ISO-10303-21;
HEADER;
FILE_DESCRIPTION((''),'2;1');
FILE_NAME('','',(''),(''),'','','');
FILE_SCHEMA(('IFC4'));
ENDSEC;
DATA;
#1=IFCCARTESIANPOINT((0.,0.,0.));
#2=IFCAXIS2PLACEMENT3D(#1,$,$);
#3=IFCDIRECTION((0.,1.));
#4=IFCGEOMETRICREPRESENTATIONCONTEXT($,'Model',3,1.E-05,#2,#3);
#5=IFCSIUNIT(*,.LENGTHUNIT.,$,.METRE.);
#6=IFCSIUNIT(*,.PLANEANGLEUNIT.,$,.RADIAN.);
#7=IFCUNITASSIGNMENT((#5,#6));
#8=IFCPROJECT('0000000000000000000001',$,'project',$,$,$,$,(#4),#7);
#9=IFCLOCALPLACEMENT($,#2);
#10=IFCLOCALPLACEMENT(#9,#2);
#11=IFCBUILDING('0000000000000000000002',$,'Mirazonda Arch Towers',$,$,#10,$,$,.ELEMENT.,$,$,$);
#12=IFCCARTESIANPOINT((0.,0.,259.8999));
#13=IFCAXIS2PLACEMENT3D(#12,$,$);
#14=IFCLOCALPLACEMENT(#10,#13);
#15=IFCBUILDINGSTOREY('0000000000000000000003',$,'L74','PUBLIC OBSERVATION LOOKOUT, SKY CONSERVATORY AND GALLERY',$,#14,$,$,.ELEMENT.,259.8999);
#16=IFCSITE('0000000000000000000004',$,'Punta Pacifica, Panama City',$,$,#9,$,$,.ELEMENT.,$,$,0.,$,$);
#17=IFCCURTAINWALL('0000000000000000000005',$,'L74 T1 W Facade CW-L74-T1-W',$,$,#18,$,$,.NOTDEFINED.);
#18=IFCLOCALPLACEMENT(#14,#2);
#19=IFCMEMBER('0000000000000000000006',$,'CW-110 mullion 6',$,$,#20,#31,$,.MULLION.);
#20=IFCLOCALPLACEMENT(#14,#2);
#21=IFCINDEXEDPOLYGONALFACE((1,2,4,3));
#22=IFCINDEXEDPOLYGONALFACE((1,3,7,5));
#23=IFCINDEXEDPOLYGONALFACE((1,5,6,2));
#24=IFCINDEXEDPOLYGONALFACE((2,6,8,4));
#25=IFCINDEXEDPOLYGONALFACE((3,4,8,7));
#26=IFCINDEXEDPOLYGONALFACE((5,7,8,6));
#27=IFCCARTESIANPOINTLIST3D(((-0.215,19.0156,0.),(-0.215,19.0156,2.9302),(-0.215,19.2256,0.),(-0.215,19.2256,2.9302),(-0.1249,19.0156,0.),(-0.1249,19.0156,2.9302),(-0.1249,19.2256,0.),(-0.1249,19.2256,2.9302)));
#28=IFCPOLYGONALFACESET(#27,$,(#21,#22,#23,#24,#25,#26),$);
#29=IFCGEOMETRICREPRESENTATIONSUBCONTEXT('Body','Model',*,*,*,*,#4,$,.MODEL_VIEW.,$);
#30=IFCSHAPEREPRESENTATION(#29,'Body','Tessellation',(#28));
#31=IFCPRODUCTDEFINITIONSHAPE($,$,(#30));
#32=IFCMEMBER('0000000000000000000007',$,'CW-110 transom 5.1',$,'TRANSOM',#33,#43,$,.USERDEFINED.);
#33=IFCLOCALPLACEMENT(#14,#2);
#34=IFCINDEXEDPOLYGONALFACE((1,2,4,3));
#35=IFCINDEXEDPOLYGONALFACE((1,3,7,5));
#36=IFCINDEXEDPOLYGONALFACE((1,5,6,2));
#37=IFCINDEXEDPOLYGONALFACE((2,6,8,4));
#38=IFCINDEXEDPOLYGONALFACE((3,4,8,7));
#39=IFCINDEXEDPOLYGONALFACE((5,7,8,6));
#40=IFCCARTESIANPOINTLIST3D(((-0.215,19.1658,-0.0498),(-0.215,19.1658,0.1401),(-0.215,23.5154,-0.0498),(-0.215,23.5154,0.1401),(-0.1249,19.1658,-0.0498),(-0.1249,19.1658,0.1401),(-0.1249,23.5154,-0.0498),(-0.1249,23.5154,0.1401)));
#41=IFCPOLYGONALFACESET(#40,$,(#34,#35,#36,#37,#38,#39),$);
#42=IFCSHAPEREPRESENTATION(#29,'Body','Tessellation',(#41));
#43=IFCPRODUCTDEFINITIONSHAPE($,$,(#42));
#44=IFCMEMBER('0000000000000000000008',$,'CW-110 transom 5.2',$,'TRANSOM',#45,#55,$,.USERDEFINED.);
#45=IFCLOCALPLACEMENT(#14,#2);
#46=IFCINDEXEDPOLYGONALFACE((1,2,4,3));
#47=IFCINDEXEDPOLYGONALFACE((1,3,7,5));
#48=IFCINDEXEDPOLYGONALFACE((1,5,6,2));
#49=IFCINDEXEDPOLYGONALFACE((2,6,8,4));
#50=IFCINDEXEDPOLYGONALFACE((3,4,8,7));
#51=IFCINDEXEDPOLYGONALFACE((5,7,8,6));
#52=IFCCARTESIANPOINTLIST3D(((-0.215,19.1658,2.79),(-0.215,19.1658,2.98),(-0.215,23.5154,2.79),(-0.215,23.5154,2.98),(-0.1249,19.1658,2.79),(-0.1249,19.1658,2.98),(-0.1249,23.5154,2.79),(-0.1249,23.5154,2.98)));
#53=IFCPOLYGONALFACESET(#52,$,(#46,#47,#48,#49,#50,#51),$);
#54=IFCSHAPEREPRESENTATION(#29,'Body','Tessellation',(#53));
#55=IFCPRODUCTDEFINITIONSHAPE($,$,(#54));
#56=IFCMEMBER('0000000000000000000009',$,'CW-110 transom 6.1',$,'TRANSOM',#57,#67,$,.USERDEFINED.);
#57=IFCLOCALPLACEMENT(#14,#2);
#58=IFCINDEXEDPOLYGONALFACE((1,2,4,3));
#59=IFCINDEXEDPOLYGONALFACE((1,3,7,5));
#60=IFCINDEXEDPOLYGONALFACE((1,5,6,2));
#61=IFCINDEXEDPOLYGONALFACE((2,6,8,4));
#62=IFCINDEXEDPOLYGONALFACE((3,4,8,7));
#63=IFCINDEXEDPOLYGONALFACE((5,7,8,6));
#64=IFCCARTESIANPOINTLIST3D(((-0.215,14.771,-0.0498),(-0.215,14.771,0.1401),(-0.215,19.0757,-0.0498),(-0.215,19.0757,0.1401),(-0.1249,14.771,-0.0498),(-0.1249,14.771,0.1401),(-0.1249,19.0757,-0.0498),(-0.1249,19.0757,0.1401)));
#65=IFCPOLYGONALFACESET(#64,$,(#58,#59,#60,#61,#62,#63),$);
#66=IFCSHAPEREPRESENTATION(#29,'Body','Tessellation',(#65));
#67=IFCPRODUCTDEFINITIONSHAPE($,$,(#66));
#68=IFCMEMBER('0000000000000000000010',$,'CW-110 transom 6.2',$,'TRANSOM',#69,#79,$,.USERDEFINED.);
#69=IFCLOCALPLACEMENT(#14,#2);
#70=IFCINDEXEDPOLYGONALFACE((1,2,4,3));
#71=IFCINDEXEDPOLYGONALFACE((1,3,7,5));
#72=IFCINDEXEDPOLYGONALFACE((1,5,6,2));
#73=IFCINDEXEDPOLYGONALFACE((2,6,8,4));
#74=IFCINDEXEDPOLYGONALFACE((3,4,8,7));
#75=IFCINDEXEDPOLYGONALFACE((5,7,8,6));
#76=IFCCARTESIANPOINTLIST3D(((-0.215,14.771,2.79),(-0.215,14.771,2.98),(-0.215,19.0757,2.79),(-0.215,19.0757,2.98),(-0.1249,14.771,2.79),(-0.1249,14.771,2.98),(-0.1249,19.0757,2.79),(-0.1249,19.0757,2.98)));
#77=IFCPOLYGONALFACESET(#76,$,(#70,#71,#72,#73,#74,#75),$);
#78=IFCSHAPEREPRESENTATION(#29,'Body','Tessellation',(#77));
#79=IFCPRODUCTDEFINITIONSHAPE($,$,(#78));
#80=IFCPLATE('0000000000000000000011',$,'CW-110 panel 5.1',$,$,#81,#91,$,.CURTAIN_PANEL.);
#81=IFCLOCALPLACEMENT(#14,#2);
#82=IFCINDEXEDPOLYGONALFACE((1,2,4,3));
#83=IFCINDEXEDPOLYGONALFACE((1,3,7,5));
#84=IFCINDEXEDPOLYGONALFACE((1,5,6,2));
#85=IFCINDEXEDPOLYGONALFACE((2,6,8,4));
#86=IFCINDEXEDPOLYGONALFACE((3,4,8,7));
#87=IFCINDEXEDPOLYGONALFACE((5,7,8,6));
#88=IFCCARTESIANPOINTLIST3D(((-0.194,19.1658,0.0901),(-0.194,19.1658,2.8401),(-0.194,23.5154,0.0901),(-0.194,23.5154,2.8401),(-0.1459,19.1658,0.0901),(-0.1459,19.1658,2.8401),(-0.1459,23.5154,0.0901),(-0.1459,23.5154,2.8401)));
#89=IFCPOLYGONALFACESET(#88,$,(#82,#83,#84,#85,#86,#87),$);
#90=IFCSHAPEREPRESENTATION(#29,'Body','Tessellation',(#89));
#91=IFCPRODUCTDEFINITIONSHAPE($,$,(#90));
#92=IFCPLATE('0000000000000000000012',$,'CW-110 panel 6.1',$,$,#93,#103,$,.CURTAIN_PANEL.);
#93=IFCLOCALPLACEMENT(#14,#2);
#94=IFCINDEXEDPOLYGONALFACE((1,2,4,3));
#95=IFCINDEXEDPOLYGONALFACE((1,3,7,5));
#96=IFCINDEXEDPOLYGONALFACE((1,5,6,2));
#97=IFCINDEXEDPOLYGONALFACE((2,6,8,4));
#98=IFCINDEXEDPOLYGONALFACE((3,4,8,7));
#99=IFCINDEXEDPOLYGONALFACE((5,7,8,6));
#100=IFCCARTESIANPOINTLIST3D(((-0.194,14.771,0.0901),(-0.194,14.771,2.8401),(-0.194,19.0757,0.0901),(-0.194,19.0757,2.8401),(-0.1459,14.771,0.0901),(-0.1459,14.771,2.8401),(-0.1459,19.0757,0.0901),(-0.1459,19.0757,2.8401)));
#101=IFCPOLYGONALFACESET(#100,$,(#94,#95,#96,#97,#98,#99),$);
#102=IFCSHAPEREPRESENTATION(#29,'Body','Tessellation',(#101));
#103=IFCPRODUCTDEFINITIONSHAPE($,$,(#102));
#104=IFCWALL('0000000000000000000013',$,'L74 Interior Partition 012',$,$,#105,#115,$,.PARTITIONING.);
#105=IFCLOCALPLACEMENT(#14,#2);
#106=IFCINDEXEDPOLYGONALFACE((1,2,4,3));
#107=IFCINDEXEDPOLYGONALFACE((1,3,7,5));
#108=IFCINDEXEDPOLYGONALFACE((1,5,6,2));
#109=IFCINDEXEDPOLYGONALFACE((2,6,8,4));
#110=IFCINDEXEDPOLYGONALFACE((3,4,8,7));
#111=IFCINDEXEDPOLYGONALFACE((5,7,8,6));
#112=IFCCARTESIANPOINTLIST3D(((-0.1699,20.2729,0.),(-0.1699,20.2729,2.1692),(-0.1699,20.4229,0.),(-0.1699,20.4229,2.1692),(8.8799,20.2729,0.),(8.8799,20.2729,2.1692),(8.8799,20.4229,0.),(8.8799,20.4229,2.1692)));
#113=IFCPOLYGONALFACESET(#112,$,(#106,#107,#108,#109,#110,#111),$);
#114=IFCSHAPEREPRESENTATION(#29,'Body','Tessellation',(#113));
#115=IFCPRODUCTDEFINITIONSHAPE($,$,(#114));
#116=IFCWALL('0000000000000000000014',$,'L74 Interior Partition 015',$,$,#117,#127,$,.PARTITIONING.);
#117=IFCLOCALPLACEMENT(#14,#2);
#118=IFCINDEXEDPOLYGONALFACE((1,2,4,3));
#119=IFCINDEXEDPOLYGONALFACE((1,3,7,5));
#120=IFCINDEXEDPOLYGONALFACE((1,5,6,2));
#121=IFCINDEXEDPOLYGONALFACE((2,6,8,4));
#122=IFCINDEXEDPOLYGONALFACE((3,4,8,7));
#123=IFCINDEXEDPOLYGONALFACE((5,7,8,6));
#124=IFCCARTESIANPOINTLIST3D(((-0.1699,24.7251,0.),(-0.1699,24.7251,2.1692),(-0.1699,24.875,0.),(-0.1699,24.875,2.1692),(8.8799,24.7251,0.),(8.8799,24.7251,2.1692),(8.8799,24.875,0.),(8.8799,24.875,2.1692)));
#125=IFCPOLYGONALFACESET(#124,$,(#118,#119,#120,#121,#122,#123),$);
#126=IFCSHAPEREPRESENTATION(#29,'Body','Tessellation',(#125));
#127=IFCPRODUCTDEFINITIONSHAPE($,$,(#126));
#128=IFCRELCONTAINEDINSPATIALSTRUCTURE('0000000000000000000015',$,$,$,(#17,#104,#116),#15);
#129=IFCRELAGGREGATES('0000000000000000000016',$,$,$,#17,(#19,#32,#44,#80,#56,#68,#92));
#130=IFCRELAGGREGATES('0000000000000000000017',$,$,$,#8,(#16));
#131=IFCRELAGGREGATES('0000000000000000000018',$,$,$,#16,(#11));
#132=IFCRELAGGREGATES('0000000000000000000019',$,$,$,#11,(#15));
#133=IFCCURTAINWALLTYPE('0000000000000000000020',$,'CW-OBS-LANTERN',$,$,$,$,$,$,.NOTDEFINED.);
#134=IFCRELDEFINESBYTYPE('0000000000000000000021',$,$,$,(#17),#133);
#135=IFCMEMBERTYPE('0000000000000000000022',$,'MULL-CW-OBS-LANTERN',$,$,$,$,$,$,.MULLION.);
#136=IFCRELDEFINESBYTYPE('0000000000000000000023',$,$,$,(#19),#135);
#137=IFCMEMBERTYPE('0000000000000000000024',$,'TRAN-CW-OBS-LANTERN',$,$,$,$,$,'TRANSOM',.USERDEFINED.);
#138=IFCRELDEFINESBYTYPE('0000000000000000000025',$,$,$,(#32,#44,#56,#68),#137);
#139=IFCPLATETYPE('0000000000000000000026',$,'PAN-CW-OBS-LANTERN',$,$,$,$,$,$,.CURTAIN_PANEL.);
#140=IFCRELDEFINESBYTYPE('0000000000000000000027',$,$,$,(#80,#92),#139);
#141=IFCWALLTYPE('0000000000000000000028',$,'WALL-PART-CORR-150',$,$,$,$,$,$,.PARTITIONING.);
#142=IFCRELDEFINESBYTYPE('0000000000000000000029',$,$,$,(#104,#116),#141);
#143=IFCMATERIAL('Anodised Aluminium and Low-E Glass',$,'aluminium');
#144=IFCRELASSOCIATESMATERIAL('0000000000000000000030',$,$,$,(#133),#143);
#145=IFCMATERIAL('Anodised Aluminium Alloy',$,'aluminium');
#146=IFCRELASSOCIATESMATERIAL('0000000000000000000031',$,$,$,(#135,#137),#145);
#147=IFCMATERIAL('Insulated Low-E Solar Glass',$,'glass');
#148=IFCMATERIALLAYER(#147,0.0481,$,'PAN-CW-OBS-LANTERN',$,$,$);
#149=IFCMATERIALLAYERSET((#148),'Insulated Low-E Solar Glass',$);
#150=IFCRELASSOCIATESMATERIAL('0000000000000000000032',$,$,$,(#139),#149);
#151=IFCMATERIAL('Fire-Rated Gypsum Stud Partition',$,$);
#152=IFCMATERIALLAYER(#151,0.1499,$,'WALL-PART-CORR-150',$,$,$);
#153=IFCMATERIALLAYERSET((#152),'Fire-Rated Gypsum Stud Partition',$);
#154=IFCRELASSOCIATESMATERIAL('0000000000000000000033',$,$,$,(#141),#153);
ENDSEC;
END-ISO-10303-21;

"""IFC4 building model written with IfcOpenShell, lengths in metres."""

from ifc_helpers import new_model, si_unit, direction, frame, frame_2d, origin, origin_2d, place, context, subcontext, project, spatial, rectangle, extrude, material, layer, layer_set, material_profile, profile_set, type_object, element, aggregate, save


model = new_model("IFC4")

# Units and contexts
model_context = context("Model", 3, precision=1e-05, world=origin(), true_north=direction((0.0, 1.0)))
body_context = subcontext(model_context, "Body", "Model", "MODEL_VIEW")
ifc_project = project(units=[si_unit("LENGTHUNIT", "METRE"), si_unit("PLANEANGLEUNIT", "RADIAN")], contexts=[model_context])

# Site, building, storey
site_placement = place(None, origin())
site = spatial("IfcSite", under=ifc_project, at=site_placement, Name="Punta Pacifica, Panama City", CompositionType="ELEMENT", RefElevation=0.0)
building_placement = place(site_placement, origin())
building = spatial("IfcBuilding", under=site, at=building_placement, Name="Mirazonda Arch Towers", CompositionType="ELEMENT")
storey_placement = place(building_placement, frame((0.0, 0.0, 259.8999)))
storey = spatial("IfcBuildingStorey", under=building, at=storey_placement, Name="L74", Description="PUBLIC OBSERVATION LOOKOUT, SKY CONSERVATORY AND GALLERY", CompositionType="ELEMENT", Elevation=259.8999)

# Curtain wall, members, plates
ifc_material_1 = material(Name="Anodised Aluminium and Low-E Glass", Category="aluminium")
curtain_wall_type = type_object("IfcCurtainWallType", Name="CW-OBS-LANTERN", PredefinedType="NOTDEFINED", material=ifc_material_1)
curtain_wall_placement = place(storey_placement, origin())
curtain_wall = element("IfcCurtainWall", 1, at=curtain_wall_placement, inside=storey, type_object=curtain_wall_type, Name="L74 T1 W Facade CW-L74-T1-W", PredefinedType="NOTDEFINED")
ifc_material_2 = material(Name="Anodised Aluminium Alloy", Category="aluminium")
ifc_material_profile_1 = material_profile(ifc_material_2, rectangle(XDim=0.0901, YDim=0.21, at=origin_2d()), Name="ALU-MULL-90x210")
ifc_profile_set_1 = profile_set([ifc_material_profile_1], Name="Anodised Aluminium Alloy")
member_type_1 = type_object("IfcMemberType", Name="MULL-CW-OBS-LANTERN", PredefinedType="MULLION", material=ifc_profile_set_1)
member_1_placement = place(storey_placement, frame((-0.1699, 19.1206, 0.0), z_axis=(0.0, 0.0, 1.0), x_axis=(1.0, 0.0, 0.0)))
member_1 = element("IfcMember", 2, at=member_1_placement, type_object=member_type_1, Name="CW-110 mullion 6", PredefinedType="MULLION", context=body_context, shape_type="SweptSolid", body=[
    extrude(rectangle(XDim=0.0901, YDim=0.21, at=origin_2d()), origin(), (0.0, 0.0, 1.0), 2.9302),
])
ifc_material_profile_2 = material_profile(ifc_material_2, rectangle(XDim=0.0901, YDim=0.1899, at=origin_2d()), Name="ALU-TRAN-90x190")
ifc_profile_set_2 = profile_set([ifc_material_profile_2], Name="Anodised Aluminium Alloy")
member_type_2 = type_object("IfcMemberType", Name="TRAN-CW-OBS-LANTERN", ElementType="TRANSOM", PredefinedType="USERDEFINED", material=ifc_profile_set_2)
member_2_placement = place(storey_placement, frame((-0.1699, 23.5154, 0.0452), z_axis=(0.0, -1.0, 0.0), x_axis=(1.0, 0.0, 0.0)))
member_2 = element("IfcMember", 3, at=member_2_placement, type_object=member_type_2, Name="CW-110 transom 5.1", ObjectType="TRANSOM", PredefinedType="USERDEFINED", context=body_context, shape_type="SweptSolid", body=[
    extrude(rectangle(XDim=0.0901, YDim=0.1899, at=origin_2d()), origin(), (0.0, 0.0, 1.0), 4.3496),
])
member_3_placement = place(storey_placement, frame((-0.1699, 23.5154, 2.885), z_axis=(0.0, -1.0, 0.0), x_axis=(1.0, 0.0, 0.0)))
member_3 = element("IfcMember", 4, at=member_3_placement, type_object=member_type_2, Name="CW-110 transom 5.2", ObjectType="TRANSOM", PredefinedType="USERDEFINED", context=body_context, shape_type="SweptSolid", body=[
    extrude(rectangle(XDim=0.0901, YDim=0.1899, at=origin_2d()), origin(), (0.0, 0.0, 1.0), 4.3496),
])
member_4_placement = place(storey_placement, frame((-0.1699, 19.0757, 0.0452), z_axis=(0.0, -1.0, 0.0), x_axis=(1.0, 0.0, 0.0)))
member_4 = element("IfcMember", 5, at=member_4_placement, type_object=member_type_2, Name="CW-110 transom 6.1", ObjectType="TRANSOM", PredefinedType="USERDEFINED", context=body_context, shape_type="SweptSolid", body=[
    extrude(rectangle(XDim=0.0901, YDim=0.1899, at=origin_2d()), origin(), (0.0, 0.0, 1.0), 4.3047),
])
member_5_placement = place(storey_placement, frame((-0.1699, 19.0757, 2.885), z_axis=(0.0, -1.0, 0.0), x_axis=(1.0, 0.0, 0.0)))
member_5 = element("IfcMember", 6, at=member_5_placement, type_object=member_type_2, Name="CW-110 transom 6.2", ObjectType="TRANSOM", PredefinedType="USERDEFINED", context=body_context, shape_type="SweptSolid", body=[
    extrude(rectangle(XDim=0.0901, YDim=0.1899, at=origin_2d()), origin(), (0.0, 0.0, 1.0), 4.3047),
])
ifc_material_3 = material(Name="Insulated Low-E Solar Glass", Category="glass")
ifc_layer_1 = layer(ifc_material_3, 0.0481, Name="PAN-CW-OBS-LANTERN")
ifc_layer_set_1 = layer_set([ifc_layer_1], Name="Insulated Low-E Solar Glass")
plate_type = type_object("IfcPlateType", Name="PAN-CW-OBS-LANTERN", PredefinedType="CURTAIN_PANEL", material=ifc_layer_set_1)
plate_1_placement = place(storey_placement, frame((-0.1699, 21.3406, 0.0901), z_axis=(0.0, 0.0, 1.0), x_axis=(0.0, -1.0, 0.0)))
plate_1 = element("IfcPlate", 7, at=plate_1_placement, type_object=plate_type, Name="CW-110 panel 5.1", PredefinedType="CURTAIN_PANEL", context=body_context, shape_type="SweptSolid", body=[
    extrude(rectangle(XDim=4.3496, YDim=0.0481, at=origin_2d()), origin(), (0.0, 0.0, 1.0), 2.75),
])
plate_2_placement = place(storey_placement, frame((-0.1699, 16.9233, 0.0901), z_axis=(0.0, 0.0, 1.0), x_axis=(0.0, -1.0, 0.0)))
plate_2 = element("IfcPlate", 8, at=plate_2_placement, type_object=plate_type, Name="CW-110 panel 6.1", PredefinedType="CURTAIN_PANEL", context=body_context, shape_type="SweptSolid", body=[
    extrude(rectangle(XDim=4.3047, YDim=0.0481, at=origin_2d()), origin(), (0.0, 0.0, 1.0), 2.75),
])
aggregate(curtain_wall, [member_1, member_2, member_3, plate_1, member_4, member_5, plate_2])

# Walls
ifc_material_4 = material(Name="Fire-Rated Gypsum Stud Partition")
ifc_layer_2 = layer(ifc_material_4, 0.1499, Name="WALL-PART-CORR-150")
ifc_layer_set_2 = layer_set([ifc_layer_2], Name="Fire-Rated Gypsum Stud Partition")
wall_type = type_object("IfcWallType", Name="WALL-PART-CORR-150", PredefinedType="PARTITIONING", material=ifc_layer_set_2)
for number, where, z_axis, x_axis, name in (
    (9, (-0.1699, 20.3479, 0.0), (0.0, 0.0, 1.0), (1.0, 0.0, 0.0), "L74 Interior Partition 012"),
    (10, (-0.1699, 24.8, 0.0), (0.0, 0.0, 1.0), (1.0, 0.0, 0.0), "L74 Interior Partition 015"),
):
    element("IfcWall", number, at=place(storey_placement, frame(where, z_axis=z_axis, x_axis=x_axis)), inside=storey, type_object=wall_type, Name=name, PredefinedType="PARTITIONING", context=body_context, shape_type="SweptSolid", body=[
        extrude(rectangle(XDim=9.0498, YDim=0.1499, at=frame_2d((4.5249, 0.0))), origin(), (0.0, 0.0, 1.0), 2.1692),
    ])

save(model, "model.ifc")
